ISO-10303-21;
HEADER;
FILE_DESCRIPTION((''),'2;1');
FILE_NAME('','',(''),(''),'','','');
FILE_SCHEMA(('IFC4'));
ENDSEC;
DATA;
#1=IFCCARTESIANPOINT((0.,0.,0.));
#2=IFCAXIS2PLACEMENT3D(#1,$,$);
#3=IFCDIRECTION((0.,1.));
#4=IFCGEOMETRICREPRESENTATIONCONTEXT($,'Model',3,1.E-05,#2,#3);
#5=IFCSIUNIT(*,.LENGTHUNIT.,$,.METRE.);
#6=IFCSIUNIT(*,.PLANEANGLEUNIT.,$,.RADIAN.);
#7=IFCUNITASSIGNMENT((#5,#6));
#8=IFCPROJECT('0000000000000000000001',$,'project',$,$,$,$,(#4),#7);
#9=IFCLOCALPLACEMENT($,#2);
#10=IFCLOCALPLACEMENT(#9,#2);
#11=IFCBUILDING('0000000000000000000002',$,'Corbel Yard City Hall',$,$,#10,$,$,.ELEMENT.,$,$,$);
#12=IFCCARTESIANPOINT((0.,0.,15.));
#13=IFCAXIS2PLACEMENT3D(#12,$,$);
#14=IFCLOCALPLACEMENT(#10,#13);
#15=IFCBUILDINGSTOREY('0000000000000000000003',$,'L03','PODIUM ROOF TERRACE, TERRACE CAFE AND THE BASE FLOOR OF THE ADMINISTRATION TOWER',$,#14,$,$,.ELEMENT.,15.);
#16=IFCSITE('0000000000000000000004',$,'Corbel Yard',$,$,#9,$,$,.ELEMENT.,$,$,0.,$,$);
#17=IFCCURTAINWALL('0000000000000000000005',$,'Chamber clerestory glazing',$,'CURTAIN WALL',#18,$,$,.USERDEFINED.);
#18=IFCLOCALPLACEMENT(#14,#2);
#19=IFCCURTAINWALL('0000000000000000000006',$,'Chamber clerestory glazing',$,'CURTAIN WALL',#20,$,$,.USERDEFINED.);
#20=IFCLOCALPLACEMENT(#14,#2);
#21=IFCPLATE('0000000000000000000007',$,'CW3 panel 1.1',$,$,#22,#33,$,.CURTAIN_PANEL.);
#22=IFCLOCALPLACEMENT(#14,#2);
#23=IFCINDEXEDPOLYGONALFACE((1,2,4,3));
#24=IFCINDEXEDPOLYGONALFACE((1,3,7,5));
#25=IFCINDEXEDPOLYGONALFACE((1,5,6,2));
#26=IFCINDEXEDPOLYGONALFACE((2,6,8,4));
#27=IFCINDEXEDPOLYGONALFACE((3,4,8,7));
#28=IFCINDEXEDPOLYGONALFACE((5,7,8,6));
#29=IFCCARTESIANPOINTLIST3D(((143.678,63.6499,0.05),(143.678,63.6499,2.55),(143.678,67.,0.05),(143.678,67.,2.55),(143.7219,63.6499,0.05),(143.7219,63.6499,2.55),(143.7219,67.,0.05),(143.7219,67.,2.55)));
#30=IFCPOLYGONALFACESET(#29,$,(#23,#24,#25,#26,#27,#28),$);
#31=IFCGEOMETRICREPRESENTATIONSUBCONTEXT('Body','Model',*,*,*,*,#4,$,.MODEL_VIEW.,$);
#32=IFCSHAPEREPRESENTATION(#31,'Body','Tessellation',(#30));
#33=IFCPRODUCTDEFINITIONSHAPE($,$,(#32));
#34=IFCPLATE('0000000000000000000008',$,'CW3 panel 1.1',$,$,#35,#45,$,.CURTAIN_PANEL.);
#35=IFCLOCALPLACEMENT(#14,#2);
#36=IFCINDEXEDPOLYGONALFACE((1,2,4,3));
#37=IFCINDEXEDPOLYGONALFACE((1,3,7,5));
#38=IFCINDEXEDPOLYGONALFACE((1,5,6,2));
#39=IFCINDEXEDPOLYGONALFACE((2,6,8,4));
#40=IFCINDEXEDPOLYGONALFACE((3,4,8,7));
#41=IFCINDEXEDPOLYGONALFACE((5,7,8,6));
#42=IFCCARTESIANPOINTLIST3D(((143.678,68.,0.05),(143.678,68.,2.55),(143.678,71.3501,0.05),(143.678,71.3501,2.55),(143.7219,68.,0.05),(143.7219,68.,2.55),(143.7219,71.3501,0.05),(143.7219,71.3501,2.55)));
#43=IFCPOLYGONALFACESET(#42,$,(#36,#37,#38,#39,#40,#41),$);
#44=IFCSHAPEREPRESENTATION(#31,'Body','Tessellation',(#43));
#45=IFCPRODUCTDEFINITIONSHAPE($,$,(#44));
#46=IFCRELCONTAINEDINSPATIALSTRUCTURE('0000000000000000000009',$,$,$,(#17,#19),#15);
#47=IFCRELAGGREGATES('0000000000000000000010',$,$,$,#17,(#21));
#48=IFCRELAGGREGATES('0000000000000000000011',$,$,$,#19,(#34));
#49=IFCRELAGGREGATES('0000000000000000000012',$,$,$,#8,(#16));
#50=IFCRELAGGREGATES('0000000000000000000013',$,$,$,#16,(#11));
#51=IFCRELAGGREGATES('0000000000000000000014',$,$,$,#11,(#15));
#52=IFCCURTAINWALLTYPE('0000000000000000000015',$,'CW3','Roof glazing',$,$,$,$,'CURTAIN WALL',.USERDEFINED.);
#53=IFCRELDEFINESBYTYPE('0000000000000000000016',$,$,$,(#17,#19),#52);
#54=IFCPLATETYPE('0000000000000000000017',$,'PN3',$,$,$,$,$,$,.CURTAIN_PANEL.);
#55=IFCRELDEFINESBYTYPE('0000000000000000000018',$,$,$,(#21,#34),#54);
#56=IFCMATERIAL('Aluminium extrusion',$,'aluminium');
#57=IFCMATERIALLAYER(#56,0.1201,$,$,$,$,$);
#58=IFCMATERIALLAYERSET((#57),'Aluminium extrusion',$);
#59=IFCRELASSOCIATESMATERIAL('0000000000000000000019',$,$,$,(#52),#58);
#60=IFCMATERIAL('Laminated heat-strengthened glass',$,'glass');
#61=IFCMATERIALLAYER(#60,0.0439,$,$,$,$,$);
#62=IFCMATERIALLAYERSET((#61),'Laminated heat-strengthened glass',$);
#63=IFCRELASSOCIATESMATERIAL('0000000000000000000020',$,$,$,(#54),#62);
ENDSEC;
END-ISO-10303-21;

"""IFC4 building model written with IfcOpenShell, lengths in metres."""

from ifc_helpers import new_model, si_unit, direction, frame, origin, origin_2d, place, context, subcontext, project, spatial, rectangle, extrude, material, layer, layer_set, type_object, element, aggregate, save


model = new_model("IFC4")

# Units and contexts
model_context = context("Model", 3, precision=1e-05, world=origin(), true_north=direction((0.0, 1.0)))
body_context = subcontext(model_context, "Body", "Model", "MODEL_VIEW")
ifc_project = project(units=[si_unit("LENGTHUNIT", "METRE"), si_unit("PLANEANGLEUNIT", "RADIAN")], contexts=[model_context])

# Site, building, storey
site_placement = place(None, origin())
site = spatial("IfcSite", under=ifc_project, at=site_placement, Name="Corbel Yard", CompositionType="ELEMENT", RefElevation=0.0)
building_placement = place(site_placement, origin())
building = spatial("IfcBuilding", under=site, at=building_placement, Name="Corbel Yard City Hall", CompositionType="ELEMENT")
storey_placement = place(building_placement, frame((0.0, 0.0, 15.0)))
storey = spatial("IfcBuildingStorey", under=building, at=storey_placement, Name="L03", Description="PODIUM ROOF TERRACE, TERRACE CAFE AND THE BASE FLOOR OF THE ADMINISTRATION TOWER", CompositionType="ELEMENT", Elevation=15.0)

# Curtain wall
ifc_material_1 = material(Name="Aluminium extrusion", Category="aluminium")
ifc_layer_1 = layer(ifc_material_1, 0.1201)
ifc_layer_set_1 = layer_set([ifc_layer_1], Name="Aluminium extrusion")
curtain_wall_type = type_object("IfcCurtainWallType", Name="CW3", Description="Roof glazing", ElementType="CURTAIN WALL", PredefinedType="USERDEFINED", material=ifc_layer_set_1)
curtain_wall_1_placement = place(storey_placement, origin())
curtain_wall_1 = element("IfcCurtainWall", 1, at=curtain_wall_1_placement, inside=storey, type_object=curtain_wall_type, Name="Chamber clerestory glazing", ObjectType="CURTAIN WALL", PredefinedType="USERDEFINED")

# Curtain wall
curtain_wall_2_placement = place(storey_placement, origin())
curtain_wall_2 = element("IfcCurtainWall", 2, at=curtain_wall_2_placement, inside=storey, type_object=curtain_wall_type, Name="Chamber clerestory glazing", ObjectType="CURTAIN WALL", PredefinedType="USERDEFINED")

# Plates
ifc_material_2 = material(Name="Laminated heat-strengthened glass", Category="glass")
ifc_layer_2 = layer(ifc_material_2, 0.0439)
ifc_layer_set_2 = layer_set([ifc_layer_2], Name="Laminated heat-strengthened glass")
plate_type = type_object("IfcPlateType", Name="PN3", PredefinedType="CURTAIN_PANEL", material=ifc_layer_set_2)
plate_1_placement = place(storey_placement, frame((143.7, 65.325, 0.05), z_axis=(0.0, 0.0, 1.0), x_axis=(0.0, 1.0, 0.0)))
plate_1 = element("IfcPlate", 3, at=plate_1_placement, type_object=plate_type, Name="CW3 panel 1.1", PredefinedType="CURTAIN_PANEL", context=body_context, shape_type="SweptSolid", body=[
    extrude(rectangle(XDim=3.3501, YDim=0.0439, at=origin_2d()), origin(), (0.0, 0.0, 1.0), 2.5),
])
aggregate(curtain_wall_1, [plate_1])
plate_2_placement = place(storey_placement, frame((143.7, 69.675, 0.05), z_axis=(0.0, 0.0, 1.0), x_axis=(0.0, 1.0, 0.0)))
plate_2 = element("IfcPlate", 4, at=plate_2_placement, type_object=plate_type, Name="CW3 panel 1.1", PredefinedType="CURTAIN_PANEL", context=body_context, shape_type="SweptSolid", body=[
    extrude(rectangle(XDim=3.3501, YDim=0.0439, at=origin_2d()), origin(), (0.0, 0.0, 1.0), 2.5),
])
aggregate(curtain_wall_2, [plate_2])

save(model, "model.ifc")
